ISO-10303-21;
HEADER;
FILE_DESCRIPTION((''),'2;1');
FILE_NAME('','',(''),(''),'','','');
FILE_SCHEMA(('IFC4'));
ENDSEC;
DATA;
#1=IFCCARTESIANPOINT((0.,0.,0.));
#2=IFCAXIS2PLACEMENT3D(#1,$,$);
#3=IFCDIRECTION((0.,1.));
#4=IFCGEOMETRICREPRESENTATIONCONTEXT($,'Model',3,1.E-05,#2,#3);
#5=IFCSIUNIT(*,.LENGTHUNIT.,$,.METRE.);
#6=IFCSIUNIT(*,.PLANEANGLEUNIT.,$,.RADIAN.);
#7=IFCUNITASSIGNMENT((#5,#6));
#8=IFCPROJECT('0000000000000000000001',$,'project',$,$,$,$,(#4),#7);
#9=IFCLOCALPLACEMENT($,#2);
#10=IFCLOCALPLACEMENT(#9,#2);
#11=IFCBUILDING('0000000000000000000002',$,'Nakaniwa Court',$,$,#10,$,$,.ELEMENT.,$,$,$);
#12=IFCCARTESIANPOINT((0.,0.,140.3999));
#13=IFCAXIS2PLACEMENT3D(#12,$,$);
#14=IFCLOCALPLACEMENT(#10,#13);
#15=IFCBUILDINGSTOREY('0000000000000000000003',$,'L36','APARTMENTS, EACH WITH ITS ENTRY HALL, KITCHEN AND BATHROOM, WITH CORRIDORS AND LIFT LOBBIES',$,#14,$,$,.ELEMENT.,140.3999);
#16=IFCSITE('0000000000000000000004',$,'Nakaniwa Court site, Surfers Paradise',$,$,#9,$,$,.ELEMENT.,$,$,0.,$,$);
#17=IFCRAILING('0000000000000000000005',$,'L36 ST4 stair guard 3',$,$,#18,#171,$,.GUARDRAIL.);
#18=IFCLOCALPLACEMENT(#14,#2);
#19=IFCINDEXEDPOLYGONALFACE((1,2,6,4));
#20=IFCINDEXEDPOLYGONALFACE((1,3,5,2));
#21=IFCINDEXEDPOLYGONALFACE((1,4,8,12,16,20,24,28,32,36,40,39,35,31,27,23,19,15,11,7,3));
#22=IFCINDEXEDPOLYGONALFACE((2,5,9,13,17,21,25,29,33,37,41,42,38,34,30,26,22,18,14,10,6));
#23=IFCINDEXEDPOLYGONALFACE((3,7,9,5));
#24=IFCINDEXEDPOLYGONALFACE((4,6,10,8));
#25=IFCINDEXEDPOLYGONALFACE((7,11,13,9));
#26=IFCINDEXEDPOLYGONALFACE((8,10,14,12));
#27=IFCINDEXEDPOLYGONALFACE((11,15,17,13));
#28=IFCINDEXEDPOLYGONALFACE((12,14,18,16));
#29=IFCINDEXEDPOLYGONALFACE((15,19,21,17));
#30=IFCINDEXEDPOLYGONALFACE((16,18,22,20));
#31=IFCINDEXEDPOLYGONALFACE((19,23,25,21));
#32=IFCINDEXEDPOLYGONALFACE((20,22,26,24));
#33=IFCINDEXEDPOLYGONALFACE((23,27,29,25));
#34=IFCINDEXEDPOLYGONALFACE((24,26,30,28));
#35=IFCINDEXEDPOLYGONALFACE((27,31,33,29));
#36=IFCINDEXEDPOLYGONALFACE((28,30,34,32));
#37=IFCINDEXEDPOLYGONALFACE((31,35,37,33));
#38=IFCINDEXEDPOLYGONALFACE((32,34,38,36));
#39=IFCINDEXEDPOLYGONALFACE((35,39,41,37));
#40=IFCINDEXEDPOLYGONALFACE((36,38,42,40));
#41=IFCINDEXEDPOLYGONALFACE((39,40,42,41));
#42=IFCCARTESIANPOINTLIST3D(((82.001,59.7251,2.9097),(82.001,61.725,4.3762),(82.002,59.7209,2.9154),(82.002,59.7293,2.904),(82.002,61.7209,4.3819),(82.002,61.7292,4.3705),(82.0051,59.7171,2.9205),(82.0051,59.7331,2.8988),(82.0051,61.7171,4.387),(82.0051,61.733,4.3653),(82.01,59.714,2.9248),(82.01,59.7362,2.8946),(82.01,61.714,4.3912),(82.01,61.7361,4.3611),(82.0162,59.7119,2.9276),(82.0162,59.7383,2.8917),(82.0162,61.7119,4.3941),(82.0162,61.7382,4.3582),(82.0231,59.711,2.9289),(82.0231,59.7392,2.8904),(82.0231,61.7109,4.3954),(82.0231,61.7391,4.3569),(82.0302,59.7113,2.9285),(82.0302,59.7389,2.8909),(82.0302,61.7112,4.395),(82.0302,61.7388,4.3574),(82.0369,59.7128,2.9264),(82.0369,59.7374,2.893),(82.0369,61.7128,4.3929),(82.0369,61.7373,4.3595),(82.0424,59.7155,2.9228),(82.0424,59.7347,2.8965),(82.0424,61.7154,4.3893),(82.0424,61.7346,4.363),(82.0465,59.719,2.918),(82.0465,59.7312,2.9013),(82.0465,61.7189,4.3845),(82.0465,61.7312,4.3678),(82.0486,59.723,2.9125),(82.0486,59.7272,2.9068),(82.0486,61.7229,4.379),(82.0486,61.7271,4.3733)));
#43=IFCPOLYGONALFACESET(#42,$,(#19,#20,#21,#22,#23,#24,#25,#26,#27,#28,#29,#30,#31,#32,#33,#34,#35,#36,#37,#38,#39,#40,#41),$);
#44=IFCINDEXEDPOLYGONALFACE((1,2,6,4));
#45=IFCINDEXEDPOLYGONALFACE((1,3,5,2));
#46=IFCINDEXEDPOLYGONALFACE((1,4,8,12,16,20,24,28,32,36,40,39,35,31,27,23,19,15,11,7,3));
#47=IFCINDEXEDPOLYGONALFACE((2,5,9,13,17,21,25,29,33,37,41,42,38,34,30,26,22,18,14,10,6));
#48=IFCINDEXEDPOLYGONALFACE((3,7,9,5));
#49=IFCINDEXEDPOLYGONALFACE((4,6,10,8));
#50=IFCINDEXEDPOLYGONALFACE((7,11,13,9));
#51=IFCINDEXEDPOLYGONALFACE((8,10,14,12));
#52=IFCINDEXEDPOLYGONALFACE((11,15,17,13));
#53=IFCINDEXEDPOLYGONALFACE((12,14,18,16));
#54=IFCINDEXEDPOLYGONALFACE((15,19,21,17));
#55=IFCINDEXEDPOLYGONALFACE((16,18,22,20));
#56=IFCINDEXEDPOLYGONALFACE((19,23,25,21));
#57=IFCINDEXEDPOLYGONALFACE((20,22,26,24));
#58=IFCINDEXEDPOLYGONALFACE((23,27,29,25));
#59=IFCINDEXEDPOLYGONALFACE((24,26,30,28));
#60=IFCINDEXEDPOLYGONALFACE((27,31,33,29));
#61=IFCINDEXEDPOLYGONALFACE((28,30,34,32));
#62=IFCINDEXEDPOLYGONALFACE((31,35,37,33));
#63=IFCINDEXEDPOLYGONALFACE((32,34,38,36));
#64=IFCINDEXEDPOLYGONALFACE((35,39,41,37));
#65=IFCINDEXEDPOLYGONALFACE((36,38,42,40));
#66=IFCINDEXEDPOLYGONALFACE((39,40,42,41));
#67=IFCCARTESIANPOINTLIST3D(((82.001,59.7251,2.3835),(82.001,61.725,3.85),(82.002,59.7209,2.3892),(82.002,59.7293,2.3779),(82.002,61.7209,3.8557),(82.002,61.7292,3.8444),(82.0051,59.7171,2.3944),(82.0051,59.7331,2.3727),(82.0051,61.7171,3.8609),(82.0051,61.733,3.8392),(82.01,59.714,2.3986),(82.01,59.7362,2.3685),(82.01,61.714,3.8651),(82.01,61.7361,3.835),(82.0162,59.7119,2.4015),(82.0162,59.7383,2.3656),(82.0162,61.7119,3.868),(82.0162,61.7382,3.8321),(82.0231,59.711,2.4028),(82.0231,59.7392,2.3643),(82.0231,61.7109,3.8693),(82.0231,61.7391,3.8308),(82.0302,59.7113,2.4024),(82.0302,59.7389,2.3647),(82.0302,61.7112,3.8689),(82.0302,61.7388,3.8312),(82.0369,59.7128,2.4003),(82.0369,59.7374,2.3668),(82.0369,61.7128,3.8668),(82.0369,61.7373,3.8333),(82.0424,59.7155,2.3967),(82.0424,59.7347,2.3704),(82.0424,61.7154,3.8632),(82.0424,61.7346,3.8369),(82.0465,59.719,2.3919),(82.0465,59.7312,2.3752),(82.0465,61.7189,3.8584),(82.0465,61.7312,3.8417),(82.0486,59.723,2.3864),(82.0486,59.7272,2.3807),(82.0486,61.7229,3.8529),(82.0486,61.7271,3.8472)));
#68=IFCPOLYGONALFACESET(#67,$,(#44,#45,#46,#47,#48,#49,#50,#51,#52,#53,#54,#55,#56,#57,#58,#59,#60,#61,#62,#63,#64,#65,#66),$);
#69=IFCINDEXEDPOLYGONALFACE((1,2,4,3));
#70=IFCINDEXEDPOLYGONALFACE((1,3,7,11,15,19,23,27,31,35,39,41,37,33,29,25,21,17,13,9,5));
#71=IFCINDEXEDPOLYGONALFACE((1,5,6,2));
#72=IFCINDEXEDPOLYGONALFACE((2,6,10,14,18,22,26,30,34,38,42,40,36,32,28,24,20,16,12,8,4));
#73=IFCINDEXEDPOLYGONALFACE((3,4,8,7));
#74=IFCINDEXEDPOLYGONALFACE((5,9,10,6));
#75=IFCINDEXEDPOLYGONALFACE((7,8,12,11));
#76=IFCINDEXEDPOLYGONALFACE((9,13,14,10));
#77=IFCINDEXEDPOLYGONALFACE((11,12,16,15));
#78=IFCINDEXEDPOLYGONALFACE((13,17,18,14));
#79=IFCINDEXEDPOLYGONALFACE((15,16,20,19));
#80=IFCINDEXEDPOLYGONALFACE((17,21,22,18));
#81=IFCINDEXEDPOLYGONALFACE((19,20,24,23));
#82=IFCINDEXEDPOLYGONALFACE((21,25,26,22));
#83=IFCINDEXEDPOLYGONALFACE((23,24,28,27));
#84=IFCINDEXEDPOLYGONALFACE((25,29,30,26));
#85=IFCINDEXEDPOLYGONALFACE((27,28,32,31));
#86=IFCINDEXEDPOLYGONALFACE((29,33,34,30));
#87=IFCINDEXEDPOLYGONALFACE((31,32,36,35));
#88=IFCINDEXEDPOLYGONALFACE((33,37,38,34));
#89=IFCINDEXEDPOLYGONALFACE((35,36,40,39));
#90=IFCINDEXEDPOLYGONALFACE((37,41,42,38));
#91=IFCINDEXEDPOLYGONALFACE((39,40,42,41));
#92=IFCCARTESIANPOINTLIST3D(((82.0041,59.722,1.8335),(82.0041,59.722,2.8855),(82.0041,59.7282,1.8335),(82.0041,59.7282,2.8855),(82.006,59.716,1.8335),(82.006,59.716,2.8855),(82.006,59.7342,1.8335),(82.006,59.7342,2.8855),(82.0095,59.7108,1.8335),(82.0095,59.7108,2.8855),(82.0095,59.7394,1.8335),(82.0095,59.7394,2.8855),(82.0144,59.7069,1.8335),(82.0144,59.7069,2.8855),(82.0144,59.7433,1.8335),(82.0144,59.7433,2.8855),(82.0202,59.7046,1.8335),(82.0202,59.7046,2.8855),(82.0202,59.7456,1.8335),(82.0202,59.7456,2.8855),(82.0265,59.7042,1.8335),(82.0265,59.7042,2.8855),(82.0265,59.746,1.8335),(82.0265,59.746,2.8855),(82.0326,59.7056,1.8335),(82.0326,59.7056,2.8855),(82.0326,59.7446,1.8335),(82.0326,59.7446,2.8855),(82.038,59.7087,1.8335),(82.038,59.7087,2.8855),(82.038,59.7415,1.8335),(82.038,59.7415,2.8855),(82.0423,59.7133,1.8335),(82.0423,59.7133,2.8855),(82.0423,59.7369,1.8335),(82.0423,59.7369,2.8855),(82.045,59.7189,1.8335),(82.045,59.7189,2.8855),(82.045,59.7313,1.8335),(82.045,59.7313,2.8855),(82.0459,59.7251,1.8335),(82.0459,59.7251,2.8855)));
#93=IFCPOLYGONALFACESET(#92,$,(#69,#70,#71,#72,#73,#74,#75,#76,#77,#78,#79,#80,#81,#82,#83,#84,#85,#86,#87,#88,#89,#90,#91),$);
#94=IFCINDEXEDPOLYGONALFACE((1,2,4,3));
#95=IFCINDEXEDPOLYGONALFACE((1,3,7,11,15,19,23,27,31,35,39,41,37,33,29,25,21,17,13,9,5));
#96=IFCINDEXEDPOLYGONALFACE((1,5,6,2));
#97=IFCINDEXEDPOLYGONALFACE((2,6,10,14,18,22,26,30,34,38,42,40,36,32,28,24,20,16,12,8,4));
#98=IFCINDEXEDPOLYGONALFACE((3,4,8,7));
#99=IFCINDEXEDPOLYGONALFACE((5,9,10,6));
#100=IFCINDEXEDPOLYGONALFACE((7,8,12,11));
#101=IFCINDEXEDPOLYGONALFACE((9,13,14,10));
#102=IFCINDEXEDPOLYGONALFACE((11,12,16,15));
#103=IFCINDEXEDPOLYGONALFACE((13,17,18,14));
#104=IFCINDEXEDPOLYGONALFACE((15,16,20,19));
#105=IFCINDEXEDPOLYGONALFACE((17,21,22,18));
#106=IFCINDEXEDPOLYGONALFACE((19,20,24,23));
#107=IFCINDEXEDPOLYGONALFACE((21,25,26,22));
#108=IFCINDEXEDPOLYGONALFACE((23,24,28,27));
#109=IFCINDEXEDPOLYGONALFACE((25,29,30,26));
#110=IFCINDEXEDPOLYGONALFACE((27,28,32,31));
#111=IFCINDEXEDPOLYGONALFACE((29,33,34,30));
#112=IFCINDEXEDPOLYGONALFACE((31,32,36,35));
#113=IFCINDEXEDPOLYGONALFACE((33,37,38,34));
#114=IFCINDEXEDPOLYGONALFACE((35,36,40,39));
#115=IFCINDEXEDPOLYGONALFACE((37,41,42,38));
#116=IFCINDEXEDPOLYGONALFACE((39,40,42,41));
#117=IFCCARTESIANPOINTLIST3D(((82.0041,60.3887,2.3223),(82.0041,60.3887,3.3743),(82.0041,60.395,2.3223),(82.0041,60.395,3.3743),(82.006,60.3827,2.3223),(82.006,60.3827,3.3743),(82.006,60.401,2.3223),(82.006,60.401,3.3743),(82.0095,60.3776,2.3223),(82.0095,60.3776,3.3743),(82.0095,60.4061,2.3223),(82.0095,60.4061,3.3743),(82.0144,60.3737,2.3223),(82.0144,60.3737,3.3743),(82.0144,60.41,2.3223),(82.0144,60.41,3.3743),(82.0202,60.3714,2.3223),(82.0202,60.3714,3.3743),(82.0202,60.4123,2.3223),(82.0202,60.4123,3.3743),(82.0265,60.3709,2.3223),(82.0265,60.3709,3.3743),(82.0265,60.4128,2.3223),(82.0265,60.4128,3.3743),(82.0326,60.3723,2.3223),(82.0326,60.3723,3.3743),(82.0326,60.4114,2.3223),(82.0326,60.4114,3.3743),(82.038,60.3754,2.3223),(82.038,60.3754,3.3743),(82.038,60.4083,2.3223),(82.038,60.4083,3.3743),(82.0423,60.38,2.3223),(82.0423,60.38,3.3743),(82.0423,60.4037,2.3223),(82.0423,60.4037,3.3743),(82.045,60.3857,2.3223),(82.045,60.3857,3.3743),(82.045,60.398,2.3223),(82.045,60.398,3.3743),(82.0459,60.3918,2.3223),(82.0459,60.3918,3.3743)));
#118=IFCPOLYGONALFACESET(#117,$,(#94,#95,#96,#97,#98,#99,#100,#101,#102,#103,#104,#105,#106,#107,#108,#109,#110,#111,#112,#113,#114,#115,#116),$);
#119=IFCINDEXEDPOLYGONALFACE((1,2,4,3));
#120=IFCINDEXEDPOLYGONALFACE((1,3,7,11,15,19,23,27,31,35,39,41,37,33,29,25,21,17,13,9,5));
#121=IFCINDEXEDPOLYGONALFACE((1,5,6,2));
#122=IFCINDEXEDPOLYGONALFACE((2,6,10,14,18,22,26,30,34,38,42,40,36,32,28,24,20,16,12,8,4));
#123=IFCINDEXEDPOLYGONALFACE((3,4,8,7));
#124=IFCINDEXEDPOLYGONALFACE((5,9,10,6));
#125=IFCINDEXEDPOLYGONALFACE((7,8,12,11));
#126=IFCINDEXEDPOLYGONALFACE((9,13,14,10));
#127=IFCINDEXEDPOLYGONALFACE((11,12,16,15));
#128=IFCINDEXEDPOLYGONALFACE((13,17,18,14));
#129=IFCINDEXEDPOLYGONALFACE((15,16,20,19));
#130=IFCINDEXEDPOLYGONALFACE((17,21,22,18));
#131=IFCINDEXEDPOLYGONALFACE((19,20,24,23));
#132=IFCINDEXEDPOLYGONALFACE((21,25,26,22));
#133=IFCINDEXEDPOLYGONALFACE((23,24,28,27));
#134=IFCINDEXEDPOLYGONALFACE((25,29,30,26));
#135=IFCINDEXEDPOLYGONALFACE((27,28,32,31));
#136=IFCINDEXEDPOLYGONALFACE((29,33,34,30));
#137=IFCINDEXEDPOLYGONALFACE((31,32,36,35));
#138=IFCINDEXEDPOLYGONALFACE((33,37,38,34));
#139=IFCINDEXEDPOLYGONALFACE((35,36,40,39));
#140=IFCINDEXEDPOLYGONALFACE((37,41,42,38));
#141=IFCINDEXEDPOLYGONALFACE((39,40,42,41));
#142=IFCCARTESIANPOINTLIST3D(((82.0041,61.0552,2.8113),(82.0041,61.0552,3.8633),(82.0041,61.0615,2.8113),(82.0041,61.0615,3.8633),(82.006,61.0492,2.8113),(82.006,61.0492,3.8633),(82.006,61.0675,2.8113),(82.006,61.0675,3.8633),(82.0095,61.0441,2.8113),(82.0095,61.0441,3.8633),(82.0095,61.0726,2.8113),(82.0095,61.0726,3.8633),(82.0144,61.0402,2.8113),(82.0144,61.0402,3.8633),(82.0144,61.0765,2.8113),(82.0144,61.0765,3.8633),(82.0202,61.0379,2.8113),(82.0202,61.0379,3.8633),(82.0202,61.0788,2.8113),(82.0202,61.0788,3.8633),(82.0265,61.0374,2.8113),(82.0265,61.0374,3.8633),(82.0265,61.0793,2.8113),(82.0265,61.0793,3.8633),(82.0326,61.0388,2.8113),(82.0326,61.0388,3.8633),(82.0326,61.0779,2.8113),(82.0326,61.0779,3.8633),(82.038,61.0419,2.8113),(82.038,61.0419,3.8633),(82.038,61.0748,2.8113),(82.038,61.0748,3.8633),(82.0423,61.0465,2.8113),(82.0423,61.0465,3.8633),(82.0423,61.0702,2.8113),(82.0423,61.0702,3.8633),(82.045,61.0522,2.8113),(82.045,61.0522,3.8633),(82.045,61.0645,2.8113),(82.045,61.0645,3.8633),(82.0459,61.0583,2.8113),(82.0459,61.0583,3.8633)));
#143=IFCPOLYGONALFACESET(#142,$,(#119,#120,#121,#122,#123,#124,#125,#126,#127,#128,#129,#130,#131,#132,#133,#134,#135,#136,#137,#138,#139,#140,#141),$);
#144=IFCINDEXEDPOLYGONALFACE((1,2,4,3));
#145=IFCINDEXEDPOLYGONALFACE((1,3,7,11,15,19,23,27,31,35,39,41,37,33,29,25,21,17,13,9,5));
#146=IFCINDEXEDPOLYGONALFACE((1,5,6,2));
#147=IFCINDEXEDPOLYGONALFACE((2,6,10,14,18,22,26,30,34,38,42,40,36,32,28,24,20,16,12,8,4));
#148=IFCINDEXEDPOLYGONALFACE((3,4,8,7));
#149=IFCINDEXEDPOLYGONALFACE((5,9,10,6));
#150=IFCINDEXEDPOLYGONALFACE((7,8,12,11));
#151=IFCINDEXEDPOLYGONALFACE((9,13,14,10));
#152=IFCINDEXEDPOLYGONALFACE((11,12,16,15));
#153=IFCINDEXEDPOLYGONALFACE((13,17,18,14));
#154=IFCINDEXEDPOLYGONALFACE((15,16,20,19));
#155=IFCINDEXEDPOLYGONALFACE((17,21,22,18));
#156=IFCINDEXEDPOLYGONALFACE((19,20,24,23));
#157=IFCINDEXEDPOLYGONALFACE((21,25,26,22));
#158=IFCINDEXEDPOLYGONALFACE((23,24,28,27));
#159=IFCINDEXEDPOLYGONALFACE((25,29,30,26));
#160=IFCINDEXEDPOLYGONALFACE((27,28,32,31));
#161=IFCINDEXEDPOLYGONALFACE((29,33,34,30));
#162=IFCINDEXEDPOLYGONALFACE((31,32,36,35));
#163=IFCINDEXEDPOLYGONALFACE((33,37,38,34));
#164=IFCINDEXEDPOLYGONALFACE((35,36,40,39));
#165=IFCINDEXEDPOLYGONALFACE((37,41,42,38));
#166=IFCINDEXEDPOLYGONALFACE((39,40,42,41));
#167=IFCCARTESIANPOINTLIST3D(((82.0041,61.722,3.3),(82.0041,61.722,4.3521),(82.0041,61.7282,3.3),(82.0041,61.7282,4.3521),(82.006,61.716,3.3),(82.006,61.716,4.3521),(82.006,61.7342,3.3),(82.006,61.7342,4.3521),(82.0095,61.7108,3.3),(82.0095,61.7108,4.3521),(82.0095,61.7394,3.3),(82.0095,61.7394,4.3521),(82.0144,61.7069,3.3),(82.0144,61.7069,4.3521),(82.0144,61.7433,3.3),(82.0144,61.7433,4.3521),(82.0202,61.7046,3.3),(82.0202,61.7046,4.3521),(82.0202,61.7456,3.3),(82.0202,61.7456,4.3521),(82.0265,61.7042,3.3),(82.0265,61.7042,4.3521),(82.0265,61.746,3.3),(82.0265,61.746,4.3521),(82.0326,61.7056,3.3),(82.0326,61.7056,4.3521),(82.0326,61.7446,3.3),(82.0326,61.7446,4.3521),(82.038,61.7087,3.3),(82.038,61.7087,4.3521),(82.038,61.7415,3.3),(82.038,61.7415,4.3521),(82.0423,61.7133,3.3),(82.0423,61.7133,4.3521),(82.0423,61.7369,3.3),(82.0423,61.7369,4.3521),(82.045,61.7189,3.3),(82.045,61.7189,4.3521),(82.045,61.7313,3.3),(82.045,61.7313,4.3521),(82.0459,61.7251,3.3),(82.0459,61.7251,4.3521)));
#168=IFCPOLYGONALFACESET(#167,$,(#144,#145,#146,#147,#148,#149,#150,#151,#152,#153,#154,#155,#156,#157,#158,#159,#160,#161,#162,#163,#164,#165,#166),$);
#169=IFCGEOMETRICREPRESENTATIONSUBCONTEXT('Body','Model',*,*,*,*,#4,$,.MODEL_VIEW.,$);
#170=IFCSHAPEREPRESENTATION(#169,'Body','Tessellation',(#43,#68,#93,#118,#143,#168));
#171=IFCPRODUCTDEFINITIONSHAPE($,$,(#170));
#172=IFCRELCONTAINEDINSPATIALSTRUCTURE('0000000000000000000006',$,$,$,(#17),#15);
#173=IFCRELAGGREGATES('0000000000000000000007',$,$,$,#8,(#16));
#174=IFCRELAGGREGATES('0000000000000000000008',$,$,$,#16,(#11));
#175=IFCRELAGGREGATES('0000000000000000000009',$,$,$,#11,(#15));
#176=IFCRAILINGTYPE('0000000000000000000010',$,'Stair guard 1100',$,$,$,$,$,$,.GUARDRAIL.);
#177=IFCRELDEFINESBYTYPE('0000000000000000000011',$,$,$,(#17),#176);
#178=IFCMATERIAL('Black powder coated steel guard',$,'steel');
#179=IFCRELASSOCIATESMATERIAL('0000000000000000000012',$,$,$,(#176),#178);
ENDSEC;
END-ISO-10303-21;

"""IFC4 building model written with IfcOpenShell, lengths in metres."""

from ifc_helpers import new_model, si_unit, direction, frame, origin, origin_2d, place, context, subcontext, project, spatial, circle, extrude, material, type_object, element, save


model = new_model("IFC4")

# Units and contexts
model_context = context("Model", 3, precision=1e-05, world=origin(), true_north=direction((0.0, 1.0)))
body_context = subcontext(model_context, "Body", "Model", "MODEL_VIEW")
ifc_project = project(units=[si_unit("LENGTHUNIT", "METRE"), si_unit("PLANEANGLEUNIT", "RADIAN")], contexts=[model_context])

# Site, building, storey
site_placement = place(None, origin())
site = spatial("IfcSite", under=ifc_project, at=site_placement, Name="Nakaniwa Court site, Surfers Paradise", CompositionType="ELEMENT", RefElevation=0.0)
building_placement = place(site_placement, origin())
building = spatial("IfcBuilding", under=site, at=building_placement, Name="Nakaniwa Court", CompositionType="ELEMENT")
storey_placement = place(building_placement, frame((0.0, 0.0, 140.3999)))
storey = spatial("IfcBuildingStorey", under=building, at=storey_placement, Name="L36", Description="APARTMENTS, EACH WITH ITS ENTRY HALL, KITCHEN AND BATHROOM, WITH CORRIDORS AND LIFT LOBBIES", CompositionType="ELEMENT", Elevation=140.3999)

# Railing
ifc_material_1 = material(Name="Black powder coated steel guard", Category="steel")
railing_type_1 = type_object("IfcRailingType", Name="Stair guard 1100", PredefinedType="GUARDRAIL", material=ifc_material_1)
railing_1_placement = place(storey_placement, frame((82.0249, 59.7251, 1.8335)))
element("IfcRailing", 1, at=railing_1_placement, inside=storey, type_object=railing_type_1, Name="L36 ST4 stair guard 3", PredefinedType="GUARDRAIL", context=body_context, shape_type="SweptSolid", body=[
    extrude(circle(Radius=0.0239, at=origin_2d()), frame((0.0, 0.0, 1.0762), z_axis=(0.0, 0.806427, 0.591334), x_axis=(-1.0, 0.0, 0.0)), (0.0, 0.0, 1.0), 2.48),
    extrude(circle(Radius=0.0239, at=origin_2d()), frame((0.0, 0.0, 0.55), z_axis=(0.0, 0.806427, 0.591334), x_axis=(-1.0, 0.0, 0.0)), (0.0, 0.0, 1.0), 2.48),
    extrude(circle(Radius=0.021, at=origin_2d()), origin(), (0.0, 0.0, 1.0), 1.052),
    extrude(circle(Radius=0.021, at=origin_2d()), frame((0.0, 0.6667, 0.4888)), (0.0, 0.0, 1.0), 1.052),
    extrude(circle(Radius=0.021, at=origin_2d()), frame((0.0, 1.3333, 0.9778)), (0.0, 0.0, 1.0), 1.052),
    extrude(circle(Radius=0.021, at=origin_2d()), frame((0.0, 2.0, 1.4666)), (0.0, 0.0, 1.0), 1.052),
])

save(model, "model.ifc")
